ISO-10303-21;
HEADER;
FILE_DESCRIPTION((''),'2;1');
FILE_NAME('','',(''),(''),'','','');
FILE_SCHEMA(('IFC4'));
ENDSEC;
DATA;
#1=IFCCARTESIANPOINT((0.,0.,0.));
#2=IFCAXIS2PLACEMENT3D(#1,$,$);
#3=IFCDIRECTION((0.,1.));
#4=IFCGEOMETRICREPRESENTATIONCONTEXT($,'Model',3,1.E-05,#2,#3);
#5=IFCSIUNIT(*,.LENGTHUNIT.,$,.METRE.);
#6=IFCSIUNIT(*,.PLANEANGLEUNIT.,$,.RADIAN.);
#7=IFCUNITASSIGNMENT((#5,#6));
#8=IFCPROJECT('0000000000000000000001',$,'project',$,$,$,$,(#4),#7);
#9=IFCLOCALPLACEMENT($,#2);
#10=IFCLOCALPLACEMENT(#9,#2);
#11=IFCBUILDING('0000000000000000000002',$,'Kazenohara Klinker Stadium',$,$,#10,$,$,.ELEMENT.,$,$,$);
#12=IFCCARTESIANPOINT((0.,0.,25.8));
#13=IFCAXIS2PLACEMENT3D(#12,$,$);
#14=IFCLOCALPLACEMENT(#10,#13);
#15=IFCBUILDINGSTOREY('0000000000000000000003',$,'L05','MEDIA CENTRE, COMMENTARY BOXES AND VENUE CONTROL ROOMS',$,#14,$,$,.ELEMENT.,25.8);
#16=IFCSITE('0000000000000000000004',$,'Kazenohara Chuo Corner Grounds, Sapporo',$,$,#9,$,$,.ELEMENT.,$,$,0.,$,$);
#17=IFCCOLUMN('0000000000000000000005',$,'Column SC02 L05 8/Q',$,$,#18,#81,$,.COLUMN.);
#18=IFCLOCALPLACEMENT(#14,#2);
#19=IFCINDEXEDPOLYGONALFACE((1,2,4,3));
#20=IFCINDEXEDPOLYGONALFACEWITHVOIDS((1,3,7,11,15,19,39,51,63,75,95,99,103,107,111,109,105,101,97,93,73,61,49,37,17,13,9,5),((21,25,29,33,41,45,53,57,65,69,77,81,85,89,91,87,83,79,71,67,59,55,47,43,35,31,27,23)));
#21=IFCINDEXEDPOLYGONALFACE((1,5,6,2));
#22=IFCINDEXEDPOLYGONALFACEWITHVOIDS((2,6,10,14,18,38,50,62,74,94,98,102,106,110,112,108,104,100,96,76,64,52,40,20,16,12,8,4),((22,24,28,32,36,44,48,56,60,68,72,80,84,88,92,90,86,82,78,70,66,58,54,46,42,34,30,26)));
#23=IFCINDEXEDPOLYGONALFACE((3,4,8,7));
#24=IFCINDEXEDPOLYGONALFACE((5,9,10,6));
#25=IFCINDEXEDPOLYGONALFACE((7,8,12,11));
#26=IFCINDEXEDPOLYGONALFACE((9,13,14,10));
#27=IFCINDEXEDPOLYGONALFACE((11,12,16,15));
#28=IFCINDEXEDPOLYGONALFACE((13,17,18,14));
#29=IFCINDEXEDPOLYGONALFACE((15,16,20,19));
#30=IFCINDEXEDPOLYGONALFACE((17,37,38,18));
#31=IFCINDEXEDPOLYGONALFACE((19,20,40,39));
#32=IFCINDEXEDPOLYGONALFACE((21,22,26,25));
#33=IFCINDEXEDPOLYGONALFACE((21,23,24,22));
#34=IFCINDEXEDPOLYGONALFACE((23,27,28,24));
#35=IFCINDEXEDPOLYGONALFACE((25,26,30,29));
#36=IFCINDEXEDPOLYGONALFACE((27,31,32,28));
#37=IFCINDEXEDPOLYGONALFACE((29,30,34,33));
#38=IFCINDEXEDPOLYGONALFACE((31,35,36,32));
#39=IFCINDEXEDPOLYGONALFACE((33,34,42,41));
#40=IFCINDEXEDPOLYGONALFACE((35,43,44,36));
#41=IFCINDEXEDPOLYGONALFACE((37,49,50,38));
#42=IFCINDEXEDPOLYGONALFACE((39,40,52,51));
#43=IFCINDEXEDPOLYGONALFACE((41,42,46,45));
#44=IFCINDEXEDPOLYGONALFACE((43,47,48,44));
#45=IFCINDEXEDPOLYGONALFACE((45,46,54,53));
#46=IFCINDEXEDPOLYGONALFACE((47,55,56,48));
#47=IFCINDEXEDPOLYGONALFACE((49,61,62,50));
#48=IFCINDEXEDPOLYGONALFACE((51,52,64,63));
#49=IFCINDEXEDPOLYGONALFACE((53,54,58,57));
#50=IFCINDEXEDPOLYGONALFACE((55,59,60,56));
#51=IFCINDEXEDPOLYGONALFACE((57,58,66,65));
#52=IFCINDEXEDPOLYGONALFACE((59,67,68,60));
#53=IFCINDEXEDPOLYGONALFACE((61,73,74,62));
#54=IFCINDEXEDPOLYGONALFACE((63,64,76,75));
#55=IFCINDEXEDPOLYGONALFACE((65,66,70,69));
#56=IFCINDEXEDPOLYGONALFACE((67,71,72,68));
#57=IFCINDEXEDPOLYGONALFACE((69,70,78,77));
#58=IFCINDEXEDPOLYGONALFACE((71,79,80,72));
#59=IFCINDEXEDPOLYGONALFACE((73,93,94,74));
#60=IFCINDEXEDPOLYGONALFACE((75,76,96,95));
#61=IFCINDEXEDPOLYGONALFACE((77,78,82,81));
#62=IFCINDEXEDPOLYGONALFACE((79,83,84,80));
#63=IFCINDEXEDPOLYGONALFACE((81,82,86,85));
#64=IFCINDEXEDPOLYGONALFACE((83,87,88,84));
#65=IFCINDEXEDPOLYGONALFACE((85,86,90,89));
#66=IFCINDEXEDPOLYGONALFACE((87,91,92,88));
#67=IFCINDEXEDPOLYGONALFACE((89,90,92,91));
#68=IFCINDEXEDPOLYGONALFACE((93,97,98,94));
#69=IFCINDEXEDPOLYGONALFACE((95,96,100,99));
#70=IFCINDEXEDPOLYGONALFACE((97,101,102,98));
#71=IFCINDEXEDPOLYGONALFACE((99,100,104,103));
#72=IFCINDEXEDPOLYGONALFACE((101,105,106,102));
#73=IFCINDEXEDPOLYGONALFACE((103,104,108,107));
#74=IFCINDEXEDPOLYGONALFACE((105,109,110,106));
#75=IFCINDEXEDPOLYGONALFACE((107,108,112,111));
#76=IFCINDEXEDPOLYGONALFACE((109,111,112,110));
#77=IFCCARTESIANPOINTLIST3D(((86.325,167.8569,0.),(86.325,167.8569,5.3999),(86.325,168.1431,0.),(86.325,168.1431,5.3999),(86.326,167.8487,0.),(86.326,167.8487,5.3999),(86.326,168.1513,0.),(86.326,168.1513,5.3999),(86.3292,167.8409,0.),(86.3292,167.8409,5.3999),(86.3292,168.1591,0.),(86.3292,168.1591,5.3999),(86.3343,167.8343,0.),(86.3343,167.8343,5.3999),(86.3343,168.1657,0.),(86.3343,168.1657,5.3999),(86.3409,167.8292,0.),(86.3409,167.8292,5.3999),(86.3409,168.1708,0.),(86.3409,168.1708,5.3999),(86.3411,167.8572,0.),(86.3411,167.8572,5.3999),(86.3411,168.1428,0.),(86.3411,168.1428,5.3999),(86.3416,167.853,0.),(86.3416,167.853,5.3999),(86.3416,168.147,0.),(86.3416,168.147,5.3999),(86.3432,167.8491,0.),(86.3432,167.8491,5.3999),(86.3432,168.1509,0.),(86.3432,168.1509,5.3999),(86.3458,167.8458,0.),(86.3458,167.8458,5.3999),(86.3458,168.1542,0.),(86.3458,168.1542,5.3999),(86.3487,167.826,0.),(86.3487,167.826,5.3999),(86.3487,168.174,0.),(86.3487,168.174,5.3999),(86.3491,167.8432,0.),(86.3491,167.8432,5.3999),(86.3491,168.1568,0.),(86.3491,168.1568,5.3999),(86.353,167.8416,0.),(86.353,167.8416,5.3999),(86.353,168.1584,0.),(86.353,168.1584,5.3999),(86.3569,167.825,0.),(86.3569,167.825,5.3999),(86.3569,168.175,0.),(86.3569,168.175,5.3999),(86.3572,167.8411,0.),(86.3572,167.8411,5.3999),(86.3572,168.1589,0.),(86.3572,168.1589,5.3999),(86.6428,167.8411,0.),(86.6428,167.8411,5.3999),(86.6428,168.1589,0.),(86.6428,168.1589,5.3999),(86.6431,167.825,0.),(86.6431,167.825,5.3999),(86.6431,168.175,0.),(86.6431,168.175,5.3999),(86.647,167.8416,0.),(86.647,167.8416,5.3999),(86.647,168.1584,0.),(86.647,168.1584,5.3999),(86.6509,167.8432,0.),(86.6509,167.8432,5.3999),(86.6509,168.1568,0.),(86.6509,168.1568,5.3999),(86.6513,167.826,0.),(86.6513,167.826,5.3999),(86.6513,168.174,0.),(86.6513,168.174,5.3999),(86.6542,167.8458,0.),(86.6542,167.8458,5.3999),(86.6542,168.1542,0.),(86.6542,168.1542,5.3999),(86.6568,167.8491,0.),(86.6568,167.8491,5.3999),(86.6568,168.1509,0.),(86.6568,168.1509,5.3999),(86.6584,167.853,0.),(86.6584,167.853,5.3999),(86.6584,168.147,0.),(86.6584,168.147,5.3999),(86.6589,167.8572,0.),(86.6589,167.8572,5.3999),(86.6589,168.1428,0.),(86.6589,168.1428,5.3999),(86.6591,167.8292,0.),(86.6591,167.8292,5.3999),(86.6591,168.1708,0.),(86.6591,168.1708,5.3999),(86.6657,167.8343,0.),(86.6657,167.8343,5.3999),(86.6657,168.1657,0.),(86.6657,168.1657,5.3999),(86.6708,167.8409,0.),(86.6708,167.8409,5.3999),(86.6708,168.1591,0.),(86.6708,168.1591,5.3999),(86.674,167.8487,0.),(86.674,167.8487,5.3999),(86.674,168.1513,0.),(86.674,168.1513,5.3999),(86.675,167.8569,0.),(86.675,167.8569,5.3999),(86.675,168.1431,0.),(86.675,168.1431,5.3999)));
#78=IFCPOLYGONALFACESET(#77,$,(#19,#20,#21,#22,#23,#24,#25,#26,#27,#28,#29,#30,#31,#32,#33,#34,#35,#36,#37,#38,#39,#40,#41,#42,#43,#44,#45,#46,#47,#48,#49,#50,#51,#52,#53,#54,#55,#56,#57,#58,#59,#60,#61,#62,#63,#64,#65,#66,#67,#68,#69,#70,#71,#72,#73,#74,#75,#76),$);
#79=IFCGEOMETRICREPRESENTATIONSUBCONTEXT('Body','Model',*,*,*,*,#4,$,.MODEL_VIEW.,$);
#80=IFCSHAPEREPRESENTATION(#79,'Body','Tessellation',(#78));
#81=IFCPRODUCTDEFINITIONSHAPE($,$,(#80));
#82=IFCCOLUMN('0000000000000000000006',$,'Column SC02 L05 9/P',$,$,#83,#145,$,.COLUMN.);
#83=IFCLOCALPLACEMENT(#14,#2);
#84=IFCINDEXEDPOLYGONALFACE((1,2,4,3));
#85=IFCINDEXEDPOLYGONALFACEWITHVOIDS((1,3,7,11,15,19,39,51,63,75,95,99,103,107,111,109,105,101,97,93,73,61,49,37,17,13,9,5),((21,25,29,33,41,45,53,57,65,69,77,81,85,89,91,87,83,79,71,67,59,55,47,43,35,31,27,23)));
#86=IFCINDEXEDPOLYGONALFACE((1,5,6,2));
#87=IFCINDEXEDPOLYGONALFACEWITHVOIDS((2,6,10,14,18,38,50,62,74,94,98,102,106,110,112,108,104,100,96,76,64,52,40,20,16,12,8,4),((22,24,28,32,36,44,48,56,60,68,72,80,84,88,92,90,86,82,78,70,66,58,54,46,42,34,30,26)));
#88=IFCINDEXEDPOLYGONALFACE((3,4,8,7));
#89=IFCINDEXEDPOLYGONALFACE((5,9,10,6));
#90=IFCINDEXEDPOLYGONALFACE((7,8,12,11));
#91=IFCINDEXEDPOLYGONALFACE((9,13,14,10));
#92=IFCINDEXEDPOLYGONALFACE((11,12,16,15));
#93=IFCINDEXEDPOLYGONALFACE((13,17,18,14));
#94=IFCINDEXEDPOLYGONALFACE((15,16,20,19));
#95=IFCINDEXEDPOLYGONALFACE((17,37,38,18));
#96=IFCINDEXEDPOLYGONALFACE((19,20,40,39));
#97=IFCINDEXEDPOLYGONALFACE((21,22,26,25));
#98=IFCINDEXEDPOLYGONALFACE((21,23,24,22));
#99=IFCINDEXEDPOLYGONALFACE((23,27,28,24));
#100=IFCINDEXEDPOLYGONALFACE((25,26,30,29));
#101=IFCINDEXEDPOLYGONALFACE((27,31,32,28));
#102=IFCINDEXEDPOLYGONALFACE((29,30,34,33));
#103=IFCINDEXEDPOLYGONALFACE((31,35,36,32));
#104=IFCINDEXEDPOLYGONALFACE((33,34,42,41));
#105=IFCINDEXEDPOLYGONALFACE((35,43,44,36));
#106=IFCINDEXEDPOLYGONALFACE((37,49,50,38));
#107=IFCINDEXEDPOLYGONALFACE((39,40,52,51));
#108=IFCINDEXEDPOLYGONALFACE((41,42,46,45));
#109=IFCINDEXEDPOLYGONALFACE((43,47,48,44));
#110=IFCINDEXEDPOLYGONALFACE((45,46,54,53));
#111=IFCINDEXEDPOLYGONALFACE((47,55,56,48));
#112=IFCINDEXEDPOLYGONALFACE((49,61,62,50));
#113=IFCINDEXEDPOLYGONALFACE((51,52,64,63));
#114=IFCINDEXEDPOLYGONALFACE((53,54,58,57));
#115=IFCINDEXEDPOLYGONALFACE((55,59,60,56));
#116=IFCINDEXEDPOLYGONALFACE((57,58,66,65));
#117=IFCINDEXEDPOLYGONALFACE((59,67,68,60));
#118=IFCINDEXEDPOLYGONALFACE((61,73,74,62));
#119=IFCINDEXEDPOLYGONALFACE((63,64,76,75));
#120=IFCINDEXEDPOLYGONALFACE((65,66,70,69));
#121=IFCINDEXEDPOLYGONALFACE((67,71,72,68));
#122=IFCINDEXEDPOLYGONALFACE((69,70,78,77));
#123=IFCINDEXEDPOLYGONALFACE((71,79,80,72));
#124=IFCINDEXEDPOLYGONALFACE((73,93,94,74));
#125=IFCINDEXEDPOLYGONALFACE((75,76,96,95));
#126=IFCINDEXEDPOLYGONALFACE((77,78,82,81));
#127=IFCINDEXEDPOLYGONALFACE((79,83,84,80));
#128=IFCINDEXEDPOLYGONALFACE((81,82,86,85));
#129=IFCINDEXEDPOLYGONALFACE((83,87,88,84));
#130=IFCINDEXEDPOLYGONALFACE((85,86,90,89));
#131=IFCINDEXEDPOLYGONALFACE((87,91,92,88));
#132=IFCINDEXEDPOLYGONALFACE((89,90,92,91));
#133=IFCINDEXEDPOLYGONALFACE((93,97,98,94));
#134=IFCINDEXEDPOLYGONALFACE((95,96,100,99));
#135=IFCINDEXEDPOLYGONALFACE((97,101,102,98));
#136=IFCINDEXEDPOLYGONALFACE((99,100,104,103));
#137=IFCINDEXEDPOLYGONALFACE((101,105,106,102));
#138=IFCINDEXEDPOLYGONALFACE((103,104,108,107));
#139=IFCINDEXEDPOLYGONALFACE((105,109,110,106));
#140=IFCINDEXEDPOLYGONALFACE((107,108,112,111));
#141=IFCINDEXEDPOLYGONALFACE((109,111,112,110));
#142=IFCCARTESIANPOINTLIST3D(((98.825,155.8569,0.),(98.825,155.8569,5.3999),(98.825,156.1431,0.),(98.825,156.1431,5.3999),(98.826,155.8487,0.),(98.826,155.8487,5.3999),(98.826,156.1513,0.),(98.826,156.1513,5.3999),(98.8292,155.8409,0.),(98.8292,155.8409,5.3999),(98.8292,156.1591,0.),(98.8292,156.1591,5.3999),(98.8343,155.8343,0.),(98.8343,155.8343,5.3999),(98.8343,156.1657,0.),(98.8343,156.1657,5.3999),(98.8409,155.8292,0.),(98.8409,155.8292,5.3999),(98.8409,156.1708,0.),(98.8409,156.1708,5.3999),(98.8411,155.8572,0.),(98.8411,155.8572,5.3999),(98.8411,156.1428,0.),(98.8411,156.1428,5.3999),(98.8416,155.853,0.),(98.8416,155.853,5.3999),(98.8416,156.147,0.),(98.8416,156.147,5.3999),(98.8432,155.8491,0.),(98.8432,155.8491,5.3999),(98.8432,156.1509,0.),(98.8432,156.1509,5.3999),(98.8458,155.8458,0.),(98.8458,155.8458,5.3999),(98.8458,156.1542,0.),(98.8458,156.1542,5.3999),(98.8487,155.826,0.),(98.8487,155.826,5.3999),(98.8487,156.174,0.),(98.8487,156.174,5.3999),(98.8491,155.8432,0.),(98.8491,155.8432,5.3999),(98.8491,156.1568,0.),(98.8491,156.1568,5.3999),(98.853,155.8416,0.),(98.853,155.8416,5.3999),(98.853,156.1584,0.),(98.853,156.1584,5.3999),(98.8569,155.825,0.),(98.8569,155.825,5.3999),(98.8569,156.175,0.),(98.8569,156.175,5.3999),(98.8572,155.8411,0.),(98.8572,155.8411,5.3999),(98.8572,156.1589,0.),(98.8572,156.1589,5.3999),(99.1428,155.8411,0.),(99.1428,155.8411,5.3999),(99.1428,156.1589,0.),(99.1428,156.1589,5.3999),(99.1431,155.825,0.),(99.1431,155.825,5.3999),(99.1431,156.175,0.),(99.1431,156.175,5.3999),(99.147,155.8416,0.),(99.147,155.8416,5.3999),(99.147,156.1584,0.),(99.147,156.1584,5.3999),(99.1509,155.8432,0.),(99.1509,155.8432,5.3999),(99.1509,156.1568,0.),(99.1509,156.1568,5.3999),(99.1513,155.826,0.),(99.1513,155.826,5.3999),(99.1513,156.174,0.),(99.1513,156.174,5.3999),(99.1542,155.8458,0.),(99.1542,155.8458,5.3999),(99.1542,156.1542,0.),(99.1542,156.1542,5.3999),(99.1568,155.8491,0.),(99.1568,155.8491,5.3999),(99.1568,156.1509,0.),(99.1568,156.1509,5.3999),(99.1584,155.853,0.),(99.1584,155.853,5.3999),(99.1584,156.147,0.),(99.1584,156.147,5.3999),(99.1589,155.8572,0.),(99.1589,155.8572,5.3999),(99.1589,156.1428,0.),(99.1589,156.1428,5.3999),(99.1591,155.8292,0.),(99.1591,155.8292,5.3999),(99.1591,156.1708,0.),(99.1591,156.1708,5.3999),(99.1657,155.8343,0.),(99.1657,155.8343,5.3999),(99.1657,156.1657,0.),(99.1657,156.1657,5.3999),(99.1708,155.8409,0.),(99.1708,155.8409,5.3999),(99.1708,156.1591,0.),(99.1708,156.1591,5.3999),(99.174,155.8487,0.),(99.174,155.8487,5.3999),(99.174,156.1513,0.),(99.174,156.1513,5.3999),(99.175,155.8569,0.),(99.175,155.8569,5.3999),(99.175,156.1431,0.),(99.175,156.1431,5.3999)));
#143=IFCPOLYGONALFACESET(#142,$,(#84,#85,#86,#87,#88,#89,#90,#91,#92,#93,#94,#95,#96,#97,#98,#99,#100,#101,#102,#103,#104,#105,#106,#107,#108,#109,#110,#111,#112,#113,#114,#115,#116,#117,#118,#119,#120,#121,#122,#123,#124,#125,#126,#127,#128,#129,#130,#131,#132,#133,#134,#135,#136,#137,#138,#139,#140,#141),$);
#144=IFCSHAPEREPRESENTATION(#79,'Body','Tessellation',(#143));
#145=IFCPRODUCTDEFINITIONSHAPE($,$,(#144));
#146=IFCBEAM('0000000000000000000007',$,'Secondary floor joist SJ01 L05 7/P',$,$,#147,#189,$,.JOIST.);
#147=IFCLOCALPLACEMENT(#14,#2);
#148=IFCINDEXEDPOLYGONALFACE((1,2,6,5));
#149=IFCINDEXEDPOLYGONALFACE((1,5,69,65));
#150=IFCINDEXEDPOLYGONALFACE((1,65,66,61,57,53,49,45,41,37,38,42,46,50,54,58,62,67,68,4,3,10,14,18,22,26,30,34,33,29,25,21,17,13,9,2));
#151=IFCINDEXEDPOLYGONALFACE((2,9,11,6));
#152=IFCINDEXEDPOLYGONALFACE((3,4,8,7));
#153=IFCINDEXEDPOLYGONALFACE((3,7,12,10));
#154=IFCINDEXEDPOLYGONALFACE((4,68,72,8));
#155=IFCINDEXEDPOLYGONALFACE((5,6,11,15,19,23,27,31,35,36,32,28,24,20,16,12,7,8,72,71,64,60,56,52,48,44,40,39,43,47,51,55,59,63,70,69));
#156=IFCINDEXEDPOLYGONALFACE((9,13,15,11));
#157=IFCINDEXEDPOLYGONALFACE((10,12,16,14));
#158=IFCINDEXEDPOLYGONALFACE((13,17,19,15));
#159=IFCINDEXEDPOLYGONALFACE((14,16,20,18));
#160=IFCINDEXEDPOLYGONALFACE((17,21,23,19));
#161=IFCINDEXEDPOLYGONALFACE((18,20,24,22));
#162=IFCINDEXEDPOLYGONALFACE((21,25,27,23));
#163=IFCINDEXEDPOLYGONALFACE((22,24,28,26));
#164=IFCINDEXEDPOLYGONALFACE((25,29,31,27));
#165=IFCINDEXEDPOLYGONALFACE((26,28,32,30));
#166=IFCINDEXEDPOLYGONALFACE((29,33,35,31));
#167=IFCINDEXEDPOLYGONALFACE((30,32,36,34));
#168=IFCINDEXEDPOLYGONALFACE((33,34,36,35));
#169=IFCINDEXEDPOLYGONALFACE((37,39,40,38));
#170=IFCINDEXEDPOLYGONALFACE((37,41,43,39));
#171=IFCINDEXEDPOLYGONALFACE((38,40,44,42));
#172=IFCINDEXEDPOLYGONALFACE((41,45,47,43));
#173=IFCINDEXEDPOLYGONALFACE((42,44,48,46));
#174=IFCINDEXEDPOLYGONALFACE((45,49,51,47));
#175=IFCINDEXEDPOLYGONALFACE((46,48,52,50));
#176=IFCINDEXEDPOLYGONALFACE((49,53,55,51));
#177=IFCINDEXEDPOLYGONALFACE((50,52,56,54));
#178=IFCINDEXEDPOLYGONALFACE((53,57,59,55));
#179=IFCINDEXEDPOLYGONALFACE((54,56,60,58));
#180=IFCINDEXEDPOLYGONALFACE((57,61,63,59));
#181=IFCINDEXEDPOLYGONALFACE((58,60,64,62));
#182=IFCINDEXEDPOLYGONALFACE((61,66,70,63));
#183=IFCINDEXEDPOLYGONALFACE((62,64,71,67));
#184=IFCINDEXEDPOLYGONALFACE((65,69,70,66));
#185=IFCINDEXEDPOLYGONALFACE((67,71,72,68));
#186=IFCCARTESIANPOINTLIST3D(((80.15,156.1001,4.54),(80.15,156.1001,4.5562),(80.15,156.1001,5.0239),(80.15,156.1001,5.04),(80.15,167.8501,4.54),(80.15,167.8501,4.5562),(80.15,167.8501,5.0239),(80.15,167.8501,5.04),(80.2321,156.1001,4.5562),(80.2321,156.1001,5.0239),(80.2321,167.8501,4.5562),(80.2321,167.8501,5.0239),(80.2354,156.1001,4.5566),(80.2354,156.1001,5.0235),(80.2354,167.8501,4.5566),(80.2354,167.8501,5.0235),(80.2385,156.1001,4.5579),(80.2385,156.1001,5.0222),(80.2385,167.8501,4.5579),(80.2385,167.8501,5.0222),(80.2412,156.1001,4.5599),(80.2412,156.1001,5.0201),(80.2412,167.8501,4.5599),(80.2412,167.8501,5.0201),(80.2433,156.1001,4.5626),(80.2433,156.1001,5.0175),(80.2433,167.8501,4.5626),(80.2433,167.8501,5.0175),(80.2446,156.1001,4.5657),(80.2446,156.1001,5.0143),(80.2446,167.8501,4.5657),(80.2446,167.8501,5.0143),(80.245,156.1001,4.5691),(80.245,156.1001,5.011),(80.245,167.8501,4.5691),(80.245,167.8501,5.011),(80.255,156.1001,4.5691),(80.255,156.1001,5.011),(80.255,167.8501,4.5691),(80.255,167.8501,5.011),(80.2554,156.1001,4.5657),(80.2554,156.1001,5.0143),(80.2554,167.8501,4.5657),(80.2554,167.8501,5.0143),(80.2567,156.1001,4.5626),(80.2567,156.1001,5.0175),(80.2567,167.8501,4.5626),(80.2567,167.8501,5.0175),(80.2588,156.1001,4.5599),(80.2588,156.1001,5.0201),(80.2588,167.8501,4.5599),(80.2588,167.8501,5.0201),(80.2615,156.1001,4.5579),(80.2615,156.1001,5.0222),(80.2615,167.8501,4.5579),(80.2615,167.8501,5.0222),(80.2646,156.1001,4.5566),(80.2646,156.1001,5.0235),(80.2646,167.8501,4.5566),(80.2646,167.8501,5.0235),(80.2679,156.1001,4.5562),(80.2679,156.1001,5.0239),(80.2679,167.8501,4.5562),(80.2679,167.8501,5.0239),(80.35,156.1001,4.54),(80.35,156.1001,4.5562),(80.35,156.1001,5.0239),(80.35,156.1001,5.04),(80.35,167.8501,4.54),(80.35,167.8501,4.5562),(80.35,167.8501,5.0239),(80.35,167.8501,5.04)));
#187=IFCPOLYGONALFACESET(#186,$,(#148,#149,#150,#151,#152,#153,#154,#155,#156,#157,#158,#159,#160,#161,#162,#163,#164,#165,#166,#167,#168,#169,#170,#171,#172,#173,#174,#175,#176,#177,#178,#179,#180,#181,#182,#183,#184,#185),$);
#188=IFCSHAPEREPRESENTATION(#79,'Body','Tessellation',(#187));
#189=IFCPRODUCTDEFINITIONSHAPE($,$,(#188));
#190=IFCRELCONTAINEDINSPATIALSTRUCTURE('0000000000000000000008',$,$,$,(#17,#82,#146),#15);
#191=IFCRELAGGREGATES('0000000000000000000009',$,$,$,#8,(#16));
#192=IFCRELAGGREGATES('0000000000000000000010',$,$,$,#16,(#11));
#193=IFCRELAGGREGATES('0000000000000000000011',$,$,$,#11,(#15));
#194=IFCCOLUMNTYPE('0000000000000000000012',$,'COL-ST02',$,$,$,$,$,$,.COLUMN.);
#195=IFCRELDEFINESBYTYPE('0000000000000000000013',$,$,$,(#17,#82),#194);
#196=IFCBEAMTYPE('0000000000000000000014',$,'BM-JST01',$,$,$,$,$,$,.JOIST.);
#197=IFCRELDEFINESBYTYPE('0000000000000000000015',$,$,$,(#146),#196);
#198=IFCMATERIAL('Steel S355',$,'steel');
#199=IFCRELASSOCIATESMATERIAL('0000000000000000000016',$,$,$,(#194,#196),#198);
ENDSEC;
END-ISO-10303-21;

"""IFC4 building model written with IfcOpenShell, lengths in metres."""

from ifc_helpers import new_model, si_unit, direction, frame, origin, origin_2d, place, context, subcontext, project, spatial, hollow_rectangle, i_section, extrude, material, material_profile, profile_set, type_object, element, save


model = new_model("IFC4")

# Units and contexts
model_context = context("Model", 3, precision=1e-05, world=origin(), true_north=direction((0.0, 1.0)))
body_context = subcontext(model_context, "Body", "Model", "MODEL_VIEW")
ifc_project = project(units=[si_unit("LENGTHUNIT", "METRE"), si_unit("PLANEANGLEUNIT", "RADIAN")], contexts=[model_context])

# Site, building, storey
site_placement = place(None, origin())
site = spatial("IfcSite", under=ifc_project, at=site_placement, Name="Kazenohara Chuo Corner Grounds, Sapporo", CompositionType="ELEMENT", RefElevation=0.0)
building_placement = place(site_placement, origin())
building = spatial("IfcBuilding", under=site, at=building_placement, Name="Kazenohara Klinker Stadium", CompositionType="ELEMENT")
storey_placement = place(building_placement, frame((0.0, 0.0, 25.8)))
storey = spatial("IfcBuildingStorey", under=building, at=storey_placement, Name="L05", Description="MEDIA CENTRE, COMMENTARY BOXES AND VENUE CONTROL ROOMS", CompositionType="ELEMENT", Elevation=25.8)

# Columns
ifc_material_1 = material(Name="Steel S355", Category="steel")
ifc_material_profile_1 = material_profile(ifc_material_1, hollow_rectangle(XDim=0.3501, YDim=0.3501, WallThickness=0.0161, InnerFilletRadius=0.0161, OuterFilletRadius=0.032, at=origin_2d()), Name="SHS-350x350x16")
ifc_profile_set_1 = profile_set([ifc_material_profile_1], Name="Steel S355")
column_type_1 = type_object("IfcColumnType", Name="COL-ST02", PredefinedType="COLUMN", material=ifc_profile_set_1)
for number, where, z_axis, x_axis, name in (
    (1, (86.5, 168.0, 0.0), (0.0, 0.0, 1.0), (1.0, 0.0, 0.0), "Column SC02 L05 8/Q"),
    (2, (99.0, 156.0, 0.0), (0.0, 0.0, 1.0), (1.0, 0.0, 0.0), "Column SC02 L05 9/P"),
):
    element("IfcColumn", number, at=place(storey_placement, frame(where, z_axis=z_axis, x_axis=x_axis)), inside=storey, type_object=column_type_1, Name=name, PredefinedType="COLUMN", context=body_context, shape_type="SweptSolid", body=[
        extrude(hollow_rectangle(XDim=0.3501, YDim=0.3501, WallThickness=0.0161, InnerFilletRadius=0.0161, OuterFilletRadius=0.032, at=origin_2d()), origin(), (0.0, 0.0, 1.0), 5.3999),
    ])

# Beam
ifc_material_profile_2 = material_profile(ifc_material_1, i_section(OverallWidth=0.2, OverallDepth=0.5, WebThickness=0.01, FlangeThickness=0.0161, FilletRadius=0.0129, at=origin_2d()), Name="H-500x200x10x16")
ifc_profile_set_2 = profile_set([ifc_material_profile_2], Name="Steel S355")
beam_type_1 = type_object("IfcBeamType", Name="BM-JST01", PredefinedType="JOIST", material=ifc_profile_set_2)
beam_1_placement = place(storey_placement, frame((80.25, 156.1001, 4.79), z_axis=(0.0, 1.0, 0.0), x_axis=(-1.0, 0.0, 0.0)))
element("IfcBeam", 3, at=beam_1_placement, inside=storey, type_object=beam_type_1, Name="Secondary floor joist SJ01 L05 7/P", PredefinedType="JOIST", context=body_context, shape_type="SweptSolid", body=[
    extrude(i_section(OverallWidth=0.2, OverallDepth=0.5, WebThickness=0.01, FlangeThickness=0.0161, FilletRadius=0.0129, at=origin_2d()), origin(), (0.0, 0.0, 1.0), 11.75),
])

save(model, "model.ifc")
